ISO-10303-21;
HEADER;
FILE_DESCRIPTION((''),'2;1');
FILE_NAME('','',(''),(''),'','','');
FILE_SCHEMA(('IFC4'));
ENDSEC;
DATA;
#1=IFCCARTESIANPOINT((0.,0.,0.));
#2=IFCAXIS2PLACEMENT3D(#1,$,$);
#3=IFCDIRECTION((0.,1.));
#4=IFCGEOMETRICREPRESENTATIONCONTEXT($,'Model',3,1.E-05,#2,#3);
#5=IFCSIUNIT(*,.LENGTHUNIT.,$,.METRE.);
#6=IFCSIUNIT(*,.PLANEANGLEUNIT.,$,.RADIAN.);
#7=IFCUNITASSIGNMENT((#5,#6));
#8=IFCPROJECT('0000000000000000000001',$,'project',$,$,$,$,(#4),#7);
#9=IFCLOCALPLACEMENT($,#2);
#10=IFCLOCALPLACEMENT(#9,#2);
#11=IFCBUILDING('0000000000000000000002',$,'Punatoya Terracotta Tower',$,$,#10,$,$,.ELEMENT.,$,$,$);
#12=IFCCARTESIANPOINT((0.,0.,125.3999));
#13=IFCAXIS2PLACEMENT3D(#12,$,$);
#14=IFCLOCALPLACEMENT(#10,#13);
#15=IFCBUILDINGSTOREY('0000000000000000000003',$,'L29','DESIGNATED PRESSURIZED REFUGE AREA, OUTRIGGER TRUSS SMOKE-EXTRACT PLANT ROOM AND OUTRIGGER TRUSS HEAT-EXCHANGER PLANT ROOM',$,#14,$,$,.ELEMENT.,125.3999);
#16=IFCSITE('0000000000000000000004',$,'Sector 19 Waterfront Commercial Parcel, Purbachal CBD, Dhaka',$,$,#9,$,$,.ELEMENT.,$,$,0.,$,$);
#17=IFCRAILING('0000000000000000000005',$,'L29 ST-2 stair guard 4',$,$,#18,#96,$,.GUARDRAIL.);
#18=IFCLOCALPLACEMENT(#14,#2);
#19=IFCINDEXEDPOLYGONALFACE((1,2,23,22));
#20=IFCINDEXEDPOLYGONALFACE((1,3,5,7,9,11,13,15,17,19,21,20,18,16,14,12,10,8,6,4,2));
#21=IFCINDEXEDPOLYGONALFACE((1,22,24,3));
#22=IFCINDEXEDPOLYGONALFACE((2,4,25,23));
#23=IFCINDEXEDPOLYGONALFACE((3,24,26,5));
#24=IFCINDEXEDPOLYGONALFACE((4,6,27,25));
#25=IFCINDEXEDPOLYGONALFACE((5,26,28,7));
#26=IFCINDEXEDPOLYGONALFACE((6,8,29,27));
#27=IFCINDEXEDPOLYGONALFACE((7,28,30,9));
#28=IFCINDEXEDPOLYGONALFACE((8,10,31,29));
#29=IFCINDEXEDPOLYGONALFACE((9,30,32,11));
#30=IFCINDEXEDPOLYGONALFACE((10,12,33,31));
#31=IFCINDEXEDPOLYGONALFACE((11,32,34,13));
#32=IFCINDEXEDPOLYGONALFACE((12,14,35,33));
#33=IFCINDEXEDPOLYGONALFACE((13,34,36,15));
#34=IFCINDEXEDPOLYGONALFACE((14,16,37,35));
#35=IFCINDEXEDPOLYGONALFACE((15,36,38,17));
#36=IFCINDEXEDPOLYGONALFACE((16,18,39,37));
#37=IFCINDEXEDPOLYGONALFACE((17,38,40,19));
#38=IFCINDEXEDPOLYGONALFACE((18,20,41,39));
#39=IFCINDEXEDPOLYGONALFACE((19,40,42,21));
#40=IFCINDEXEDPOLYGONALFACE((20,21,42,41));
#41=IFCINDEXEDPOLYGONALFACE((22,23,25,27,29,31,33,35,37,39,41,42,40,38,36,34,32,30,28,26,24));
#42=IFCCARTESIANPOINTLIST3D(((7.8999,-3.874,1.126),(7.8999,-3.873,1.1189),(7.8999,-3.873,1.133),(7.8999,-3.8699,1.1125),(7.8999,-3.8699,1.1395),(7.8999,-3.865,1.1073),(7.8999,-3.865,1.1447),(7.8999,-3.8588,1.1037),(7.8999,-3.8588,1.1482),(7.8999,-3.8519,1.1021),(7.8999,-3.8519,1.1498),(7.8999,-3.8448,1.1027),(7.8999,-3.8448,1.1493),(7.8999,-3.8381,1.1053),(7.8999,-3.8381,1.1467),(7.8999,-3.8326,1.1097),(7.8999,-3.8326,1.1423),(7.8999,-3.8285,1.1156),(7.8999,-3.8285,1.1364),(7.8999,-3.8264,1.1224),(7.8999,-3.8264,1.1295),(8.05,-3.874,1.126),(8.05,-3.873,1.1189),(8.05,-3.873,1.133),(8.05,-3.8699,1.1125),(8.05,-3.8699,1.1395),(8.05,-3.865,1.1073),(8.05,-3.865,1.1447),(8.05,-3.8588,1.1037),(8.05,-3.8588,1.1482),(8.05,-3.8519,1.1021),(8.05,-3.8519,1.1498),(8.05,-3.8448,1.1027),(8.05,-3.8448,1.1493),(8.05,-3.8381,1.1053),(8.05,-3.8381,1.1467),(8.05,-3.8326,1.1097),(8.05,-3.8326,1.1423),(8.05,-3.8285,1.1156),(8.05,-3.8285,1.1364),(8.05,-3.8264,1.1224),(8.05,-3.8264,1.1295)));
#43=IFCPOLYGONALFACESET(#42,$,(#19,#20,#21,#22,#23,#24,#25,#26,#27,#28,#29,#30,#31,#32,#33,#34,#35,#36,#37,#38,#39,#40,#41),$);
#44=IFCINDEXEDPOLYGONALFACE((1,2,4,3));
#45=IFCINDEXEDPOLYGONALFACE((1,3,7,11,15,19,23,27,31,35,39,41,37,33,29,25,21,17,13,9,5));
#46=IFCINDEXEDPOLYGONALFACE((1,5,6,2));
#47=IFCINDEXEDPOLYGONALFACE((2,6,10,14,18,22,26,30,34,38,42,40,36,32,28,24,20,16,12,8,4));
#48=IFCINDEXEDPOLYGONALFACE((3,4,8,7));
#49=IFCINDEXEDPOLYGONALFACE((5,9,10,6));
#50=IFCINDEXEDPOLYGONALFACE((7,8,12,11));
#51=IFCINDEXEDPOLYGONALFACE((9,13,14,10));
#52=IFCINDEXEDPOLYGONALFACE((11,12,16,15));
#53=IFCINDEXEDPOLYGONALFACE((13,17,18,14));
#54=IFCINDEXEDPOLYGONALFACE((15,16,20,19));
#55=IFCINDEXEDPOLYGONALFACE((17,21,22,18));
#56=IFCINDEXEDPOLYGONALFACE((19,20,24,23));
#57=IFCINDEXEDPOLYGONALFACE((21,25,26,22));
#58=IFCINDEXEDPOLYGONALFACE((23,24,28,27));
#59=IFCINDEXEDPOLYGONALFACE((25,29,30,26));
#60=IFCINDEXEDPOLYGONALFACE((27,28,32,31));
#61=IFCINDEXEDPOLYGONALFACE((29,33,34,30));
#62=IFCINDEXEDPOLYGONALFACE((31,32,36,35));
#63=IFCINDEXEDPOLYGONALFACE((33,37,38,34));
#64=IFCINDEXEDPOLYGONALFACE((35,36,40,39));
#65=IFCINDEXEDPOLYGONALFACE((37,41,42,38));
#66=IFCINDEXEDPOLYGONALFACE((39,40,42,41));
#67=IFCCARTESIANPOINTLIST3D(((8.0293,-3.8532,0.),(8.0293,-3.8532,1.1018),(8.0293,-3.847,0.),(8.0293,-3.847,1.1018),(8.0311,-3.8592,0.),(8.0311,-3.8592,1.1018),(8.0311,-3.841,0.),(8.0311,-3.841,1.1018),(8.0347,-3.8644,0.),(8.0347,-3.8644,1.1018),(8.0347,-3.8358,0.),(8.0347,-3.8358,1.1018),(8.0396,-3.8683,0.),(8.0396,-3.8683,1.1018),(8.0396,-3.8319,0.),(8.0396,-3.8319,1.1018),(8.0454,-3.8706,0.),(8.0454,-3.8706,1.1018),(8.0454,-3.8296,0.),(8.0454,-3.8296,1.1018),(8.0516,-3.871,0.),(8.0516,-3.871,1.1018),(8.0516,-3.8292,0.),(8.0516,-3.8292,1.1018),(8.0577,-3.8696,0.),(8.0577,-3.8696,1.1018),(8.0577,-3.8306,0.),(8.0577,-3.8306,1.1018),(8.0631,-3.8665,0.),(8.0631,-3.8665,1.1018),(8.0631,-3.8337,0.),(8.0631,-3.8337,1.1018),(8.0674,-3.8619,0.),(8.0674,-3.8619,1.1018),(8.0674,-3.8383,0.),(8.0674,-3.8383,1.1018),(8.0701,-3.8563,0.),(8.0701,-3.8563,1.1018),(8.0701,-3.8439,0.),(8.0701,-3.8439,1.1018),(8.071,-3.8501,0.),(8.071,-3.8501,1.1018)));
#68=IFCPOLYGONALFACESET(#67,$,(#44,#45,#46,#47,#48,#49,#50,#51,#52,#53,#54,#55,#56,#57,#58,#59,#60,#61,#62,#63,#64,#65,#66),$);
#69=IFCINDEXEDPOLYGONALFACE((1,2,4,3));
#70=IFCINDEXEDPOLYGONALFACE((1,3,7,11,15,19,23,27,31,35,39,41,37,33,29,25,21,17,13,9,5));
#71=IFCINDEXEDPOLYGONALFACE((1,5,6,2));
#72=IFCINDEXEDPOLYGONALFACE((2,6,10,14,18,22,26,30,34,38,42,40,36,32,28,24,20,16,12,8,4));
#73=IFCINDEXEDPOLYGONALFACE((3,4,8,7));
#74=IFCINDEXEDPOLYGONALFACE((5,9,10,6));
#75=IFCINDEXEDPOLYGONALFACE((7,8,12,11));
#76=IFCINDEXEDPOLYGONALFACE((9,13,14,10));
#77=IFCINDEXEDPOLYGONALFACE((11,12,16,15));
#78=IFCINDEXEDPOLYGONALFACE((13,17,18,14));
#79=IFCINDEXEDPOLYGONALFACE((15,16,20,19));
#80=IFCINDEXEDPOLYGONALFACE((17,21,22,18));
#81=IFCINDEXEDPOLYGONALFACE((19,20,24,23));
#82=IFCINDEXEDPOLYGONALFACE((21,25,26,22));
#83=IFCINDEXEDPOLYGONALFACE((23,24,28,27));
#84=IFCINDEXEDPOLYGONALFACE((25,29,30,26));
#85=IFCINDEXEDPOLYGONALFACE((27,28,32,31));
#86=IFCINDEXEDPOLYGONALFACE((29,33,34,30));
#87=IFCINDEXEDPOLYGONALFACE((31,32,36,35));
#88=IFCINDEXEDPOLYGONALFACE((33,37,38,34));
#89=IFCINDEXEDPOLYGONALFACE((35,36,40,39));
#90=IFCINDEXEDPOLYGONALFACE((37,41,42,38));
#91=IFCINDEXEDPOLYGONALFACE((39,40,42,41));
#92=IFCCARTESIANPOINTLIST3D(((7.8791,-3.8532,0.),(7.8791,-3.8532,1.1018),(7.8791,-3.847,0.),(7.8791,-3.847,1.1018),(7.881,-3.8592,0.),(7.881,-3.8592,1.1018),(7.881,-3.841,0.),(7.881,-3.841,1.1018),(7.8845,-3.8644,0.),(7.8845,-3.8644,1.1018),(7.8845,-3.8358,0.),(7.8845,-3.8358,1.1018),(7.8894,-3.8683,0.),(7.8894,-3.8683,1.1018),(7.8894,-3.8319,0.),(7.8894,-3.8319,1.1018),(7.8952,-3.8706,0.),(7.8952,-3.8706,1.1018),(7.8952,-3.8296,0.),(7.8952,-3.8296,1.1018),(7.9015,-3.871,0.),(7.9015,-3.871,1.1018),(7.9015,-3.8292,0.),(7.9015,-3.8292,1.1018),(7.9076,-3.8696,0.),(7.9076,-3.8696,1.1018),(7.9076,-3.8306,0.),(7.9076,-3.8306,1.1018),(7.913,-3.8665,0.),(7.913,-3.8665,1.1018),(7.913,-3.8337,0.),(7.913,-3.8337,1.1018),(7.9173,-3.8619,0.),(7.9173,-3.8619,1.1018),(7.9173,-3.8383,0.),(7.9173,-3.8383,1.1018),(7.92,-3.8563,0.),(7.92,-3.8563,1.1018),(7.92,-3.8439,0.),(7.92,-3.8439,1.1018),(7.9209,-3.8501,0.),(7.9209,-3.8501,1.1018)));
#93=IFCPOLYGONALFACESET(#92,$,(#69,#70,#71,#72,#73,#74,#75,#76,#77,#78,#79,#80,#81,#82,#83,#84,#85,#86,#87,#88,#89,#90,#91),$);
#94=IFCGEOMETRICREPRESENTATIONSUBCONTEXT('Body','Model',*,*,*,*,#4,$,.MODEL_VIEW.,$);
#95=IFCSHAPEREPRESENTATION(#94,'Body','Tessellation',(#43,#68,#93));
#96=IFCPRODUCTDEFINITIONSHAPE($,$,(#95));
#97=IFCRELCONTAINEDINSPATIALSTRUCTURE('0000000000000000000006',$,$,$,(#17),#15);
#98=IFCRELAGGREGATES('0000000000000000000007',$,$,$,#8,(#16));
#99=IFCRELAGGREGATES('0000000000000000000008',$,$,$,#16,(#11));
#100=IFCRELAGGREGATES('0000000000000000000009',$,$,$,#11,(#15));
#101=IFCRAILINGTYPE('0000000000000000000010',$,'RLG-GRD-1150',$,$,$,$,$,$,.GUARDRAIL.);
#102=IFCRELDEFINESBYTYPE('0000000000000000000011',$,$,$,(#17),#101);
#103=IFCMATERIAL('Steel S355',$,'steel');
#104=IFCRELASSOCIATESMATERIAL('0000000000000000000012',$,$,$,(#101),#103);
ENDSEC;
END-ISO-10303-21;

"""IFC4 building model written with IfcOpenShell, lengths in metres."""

from ifc_helpers import new_model, si_unit, direction, frame, origin, origin_2d, place, context, subcontext, project, spatial, circle, extrude, material, type_object, element, save


model = new_model("IFC4")

# Units and contexts
model_context = context("Model", 3, precision=1e-05, world=origin(), true_north=direction((0.0, 1.0)))
body_context = subcontext(model_context, "Body", "Model", "MODEL_VIEW")
ifc_project = project(units=[si_unit("LENGTHUNIT", "METRE"), si_unit("PLANEANGLEUNIT", "RADIAN")], contexts=[model_context])

# Site, building, storey
site_placement = place(None, origin())
site = spatial("IfcSite", under=ifc_project, at=site_placement, Name="Sector 19 Waterfront Commercial Parcel, Purbachal CBD, Dhaka", CompositionType="ELEMENT", RefElevation=0.0)
building_placement = place(site_placement, origin())
building = spatial("IfcBuilding", under=site, at=building_placement, Name="Punatoya Terracotta Tower", CompositionType="ELEMENT")
storey_placement = place(building_placement, frame((0.0, 0.0, 125.3999)))
storey = spatial("IfcBuildingStorey", under=building, at=storey_placement, Name="L29", Description="DESIGNATED PRESSURIZED REFUGE AREA, OUTRIGGER TRUSS SMOKE-EXTRACT PLANT ROOM AND OUTRIGGER TRUSS HEAT-EXCHANGER PLANT ROOM", CompositionType="ELEMENT", Elevation=125.3999)

# Railing
ifc_material_1 = material(Name="Steel S355", Category="steel")
railing_type_1 = type_object("IfcRailingType", Name="RLG-GRD-1150", PredefinedType="GUARDRAIL", material=ifc_material_1)
railing_1_placement = place(storey_placement, frame((8.05, -3.8501, 0.0)))
element("IfcRailing", 1, at=railing_1_placement, inside=storey, type_object=railing_type_1, Name="L29 ST-2 stair guard 4", PredefinedType="GUARDRAIL", context=body_context, shape_type="SweptSolid", body=[
    extrude(circle(Radius=0.0239, at=origin_2d()), frame((0.0, 0.0, 1.126), z_axis=(-1.0, 0.0, 0.0), x_axis=(0.0, -1.0, 0.0)), (0.0, 0.0, 1.0), 0.1501),
    extrude(circle(Radius=0.021, at=origin_2d()), origin(), (0.0, 0.0, 1.0), 1.1018),
    extrude(circle(Radius=0.021, at=origin_2d()), frame((-0.1501, 0.0, 0.0)), (0.0, 0.0, 1.0), 1.1018),
])

save(model, "model.ifc")
